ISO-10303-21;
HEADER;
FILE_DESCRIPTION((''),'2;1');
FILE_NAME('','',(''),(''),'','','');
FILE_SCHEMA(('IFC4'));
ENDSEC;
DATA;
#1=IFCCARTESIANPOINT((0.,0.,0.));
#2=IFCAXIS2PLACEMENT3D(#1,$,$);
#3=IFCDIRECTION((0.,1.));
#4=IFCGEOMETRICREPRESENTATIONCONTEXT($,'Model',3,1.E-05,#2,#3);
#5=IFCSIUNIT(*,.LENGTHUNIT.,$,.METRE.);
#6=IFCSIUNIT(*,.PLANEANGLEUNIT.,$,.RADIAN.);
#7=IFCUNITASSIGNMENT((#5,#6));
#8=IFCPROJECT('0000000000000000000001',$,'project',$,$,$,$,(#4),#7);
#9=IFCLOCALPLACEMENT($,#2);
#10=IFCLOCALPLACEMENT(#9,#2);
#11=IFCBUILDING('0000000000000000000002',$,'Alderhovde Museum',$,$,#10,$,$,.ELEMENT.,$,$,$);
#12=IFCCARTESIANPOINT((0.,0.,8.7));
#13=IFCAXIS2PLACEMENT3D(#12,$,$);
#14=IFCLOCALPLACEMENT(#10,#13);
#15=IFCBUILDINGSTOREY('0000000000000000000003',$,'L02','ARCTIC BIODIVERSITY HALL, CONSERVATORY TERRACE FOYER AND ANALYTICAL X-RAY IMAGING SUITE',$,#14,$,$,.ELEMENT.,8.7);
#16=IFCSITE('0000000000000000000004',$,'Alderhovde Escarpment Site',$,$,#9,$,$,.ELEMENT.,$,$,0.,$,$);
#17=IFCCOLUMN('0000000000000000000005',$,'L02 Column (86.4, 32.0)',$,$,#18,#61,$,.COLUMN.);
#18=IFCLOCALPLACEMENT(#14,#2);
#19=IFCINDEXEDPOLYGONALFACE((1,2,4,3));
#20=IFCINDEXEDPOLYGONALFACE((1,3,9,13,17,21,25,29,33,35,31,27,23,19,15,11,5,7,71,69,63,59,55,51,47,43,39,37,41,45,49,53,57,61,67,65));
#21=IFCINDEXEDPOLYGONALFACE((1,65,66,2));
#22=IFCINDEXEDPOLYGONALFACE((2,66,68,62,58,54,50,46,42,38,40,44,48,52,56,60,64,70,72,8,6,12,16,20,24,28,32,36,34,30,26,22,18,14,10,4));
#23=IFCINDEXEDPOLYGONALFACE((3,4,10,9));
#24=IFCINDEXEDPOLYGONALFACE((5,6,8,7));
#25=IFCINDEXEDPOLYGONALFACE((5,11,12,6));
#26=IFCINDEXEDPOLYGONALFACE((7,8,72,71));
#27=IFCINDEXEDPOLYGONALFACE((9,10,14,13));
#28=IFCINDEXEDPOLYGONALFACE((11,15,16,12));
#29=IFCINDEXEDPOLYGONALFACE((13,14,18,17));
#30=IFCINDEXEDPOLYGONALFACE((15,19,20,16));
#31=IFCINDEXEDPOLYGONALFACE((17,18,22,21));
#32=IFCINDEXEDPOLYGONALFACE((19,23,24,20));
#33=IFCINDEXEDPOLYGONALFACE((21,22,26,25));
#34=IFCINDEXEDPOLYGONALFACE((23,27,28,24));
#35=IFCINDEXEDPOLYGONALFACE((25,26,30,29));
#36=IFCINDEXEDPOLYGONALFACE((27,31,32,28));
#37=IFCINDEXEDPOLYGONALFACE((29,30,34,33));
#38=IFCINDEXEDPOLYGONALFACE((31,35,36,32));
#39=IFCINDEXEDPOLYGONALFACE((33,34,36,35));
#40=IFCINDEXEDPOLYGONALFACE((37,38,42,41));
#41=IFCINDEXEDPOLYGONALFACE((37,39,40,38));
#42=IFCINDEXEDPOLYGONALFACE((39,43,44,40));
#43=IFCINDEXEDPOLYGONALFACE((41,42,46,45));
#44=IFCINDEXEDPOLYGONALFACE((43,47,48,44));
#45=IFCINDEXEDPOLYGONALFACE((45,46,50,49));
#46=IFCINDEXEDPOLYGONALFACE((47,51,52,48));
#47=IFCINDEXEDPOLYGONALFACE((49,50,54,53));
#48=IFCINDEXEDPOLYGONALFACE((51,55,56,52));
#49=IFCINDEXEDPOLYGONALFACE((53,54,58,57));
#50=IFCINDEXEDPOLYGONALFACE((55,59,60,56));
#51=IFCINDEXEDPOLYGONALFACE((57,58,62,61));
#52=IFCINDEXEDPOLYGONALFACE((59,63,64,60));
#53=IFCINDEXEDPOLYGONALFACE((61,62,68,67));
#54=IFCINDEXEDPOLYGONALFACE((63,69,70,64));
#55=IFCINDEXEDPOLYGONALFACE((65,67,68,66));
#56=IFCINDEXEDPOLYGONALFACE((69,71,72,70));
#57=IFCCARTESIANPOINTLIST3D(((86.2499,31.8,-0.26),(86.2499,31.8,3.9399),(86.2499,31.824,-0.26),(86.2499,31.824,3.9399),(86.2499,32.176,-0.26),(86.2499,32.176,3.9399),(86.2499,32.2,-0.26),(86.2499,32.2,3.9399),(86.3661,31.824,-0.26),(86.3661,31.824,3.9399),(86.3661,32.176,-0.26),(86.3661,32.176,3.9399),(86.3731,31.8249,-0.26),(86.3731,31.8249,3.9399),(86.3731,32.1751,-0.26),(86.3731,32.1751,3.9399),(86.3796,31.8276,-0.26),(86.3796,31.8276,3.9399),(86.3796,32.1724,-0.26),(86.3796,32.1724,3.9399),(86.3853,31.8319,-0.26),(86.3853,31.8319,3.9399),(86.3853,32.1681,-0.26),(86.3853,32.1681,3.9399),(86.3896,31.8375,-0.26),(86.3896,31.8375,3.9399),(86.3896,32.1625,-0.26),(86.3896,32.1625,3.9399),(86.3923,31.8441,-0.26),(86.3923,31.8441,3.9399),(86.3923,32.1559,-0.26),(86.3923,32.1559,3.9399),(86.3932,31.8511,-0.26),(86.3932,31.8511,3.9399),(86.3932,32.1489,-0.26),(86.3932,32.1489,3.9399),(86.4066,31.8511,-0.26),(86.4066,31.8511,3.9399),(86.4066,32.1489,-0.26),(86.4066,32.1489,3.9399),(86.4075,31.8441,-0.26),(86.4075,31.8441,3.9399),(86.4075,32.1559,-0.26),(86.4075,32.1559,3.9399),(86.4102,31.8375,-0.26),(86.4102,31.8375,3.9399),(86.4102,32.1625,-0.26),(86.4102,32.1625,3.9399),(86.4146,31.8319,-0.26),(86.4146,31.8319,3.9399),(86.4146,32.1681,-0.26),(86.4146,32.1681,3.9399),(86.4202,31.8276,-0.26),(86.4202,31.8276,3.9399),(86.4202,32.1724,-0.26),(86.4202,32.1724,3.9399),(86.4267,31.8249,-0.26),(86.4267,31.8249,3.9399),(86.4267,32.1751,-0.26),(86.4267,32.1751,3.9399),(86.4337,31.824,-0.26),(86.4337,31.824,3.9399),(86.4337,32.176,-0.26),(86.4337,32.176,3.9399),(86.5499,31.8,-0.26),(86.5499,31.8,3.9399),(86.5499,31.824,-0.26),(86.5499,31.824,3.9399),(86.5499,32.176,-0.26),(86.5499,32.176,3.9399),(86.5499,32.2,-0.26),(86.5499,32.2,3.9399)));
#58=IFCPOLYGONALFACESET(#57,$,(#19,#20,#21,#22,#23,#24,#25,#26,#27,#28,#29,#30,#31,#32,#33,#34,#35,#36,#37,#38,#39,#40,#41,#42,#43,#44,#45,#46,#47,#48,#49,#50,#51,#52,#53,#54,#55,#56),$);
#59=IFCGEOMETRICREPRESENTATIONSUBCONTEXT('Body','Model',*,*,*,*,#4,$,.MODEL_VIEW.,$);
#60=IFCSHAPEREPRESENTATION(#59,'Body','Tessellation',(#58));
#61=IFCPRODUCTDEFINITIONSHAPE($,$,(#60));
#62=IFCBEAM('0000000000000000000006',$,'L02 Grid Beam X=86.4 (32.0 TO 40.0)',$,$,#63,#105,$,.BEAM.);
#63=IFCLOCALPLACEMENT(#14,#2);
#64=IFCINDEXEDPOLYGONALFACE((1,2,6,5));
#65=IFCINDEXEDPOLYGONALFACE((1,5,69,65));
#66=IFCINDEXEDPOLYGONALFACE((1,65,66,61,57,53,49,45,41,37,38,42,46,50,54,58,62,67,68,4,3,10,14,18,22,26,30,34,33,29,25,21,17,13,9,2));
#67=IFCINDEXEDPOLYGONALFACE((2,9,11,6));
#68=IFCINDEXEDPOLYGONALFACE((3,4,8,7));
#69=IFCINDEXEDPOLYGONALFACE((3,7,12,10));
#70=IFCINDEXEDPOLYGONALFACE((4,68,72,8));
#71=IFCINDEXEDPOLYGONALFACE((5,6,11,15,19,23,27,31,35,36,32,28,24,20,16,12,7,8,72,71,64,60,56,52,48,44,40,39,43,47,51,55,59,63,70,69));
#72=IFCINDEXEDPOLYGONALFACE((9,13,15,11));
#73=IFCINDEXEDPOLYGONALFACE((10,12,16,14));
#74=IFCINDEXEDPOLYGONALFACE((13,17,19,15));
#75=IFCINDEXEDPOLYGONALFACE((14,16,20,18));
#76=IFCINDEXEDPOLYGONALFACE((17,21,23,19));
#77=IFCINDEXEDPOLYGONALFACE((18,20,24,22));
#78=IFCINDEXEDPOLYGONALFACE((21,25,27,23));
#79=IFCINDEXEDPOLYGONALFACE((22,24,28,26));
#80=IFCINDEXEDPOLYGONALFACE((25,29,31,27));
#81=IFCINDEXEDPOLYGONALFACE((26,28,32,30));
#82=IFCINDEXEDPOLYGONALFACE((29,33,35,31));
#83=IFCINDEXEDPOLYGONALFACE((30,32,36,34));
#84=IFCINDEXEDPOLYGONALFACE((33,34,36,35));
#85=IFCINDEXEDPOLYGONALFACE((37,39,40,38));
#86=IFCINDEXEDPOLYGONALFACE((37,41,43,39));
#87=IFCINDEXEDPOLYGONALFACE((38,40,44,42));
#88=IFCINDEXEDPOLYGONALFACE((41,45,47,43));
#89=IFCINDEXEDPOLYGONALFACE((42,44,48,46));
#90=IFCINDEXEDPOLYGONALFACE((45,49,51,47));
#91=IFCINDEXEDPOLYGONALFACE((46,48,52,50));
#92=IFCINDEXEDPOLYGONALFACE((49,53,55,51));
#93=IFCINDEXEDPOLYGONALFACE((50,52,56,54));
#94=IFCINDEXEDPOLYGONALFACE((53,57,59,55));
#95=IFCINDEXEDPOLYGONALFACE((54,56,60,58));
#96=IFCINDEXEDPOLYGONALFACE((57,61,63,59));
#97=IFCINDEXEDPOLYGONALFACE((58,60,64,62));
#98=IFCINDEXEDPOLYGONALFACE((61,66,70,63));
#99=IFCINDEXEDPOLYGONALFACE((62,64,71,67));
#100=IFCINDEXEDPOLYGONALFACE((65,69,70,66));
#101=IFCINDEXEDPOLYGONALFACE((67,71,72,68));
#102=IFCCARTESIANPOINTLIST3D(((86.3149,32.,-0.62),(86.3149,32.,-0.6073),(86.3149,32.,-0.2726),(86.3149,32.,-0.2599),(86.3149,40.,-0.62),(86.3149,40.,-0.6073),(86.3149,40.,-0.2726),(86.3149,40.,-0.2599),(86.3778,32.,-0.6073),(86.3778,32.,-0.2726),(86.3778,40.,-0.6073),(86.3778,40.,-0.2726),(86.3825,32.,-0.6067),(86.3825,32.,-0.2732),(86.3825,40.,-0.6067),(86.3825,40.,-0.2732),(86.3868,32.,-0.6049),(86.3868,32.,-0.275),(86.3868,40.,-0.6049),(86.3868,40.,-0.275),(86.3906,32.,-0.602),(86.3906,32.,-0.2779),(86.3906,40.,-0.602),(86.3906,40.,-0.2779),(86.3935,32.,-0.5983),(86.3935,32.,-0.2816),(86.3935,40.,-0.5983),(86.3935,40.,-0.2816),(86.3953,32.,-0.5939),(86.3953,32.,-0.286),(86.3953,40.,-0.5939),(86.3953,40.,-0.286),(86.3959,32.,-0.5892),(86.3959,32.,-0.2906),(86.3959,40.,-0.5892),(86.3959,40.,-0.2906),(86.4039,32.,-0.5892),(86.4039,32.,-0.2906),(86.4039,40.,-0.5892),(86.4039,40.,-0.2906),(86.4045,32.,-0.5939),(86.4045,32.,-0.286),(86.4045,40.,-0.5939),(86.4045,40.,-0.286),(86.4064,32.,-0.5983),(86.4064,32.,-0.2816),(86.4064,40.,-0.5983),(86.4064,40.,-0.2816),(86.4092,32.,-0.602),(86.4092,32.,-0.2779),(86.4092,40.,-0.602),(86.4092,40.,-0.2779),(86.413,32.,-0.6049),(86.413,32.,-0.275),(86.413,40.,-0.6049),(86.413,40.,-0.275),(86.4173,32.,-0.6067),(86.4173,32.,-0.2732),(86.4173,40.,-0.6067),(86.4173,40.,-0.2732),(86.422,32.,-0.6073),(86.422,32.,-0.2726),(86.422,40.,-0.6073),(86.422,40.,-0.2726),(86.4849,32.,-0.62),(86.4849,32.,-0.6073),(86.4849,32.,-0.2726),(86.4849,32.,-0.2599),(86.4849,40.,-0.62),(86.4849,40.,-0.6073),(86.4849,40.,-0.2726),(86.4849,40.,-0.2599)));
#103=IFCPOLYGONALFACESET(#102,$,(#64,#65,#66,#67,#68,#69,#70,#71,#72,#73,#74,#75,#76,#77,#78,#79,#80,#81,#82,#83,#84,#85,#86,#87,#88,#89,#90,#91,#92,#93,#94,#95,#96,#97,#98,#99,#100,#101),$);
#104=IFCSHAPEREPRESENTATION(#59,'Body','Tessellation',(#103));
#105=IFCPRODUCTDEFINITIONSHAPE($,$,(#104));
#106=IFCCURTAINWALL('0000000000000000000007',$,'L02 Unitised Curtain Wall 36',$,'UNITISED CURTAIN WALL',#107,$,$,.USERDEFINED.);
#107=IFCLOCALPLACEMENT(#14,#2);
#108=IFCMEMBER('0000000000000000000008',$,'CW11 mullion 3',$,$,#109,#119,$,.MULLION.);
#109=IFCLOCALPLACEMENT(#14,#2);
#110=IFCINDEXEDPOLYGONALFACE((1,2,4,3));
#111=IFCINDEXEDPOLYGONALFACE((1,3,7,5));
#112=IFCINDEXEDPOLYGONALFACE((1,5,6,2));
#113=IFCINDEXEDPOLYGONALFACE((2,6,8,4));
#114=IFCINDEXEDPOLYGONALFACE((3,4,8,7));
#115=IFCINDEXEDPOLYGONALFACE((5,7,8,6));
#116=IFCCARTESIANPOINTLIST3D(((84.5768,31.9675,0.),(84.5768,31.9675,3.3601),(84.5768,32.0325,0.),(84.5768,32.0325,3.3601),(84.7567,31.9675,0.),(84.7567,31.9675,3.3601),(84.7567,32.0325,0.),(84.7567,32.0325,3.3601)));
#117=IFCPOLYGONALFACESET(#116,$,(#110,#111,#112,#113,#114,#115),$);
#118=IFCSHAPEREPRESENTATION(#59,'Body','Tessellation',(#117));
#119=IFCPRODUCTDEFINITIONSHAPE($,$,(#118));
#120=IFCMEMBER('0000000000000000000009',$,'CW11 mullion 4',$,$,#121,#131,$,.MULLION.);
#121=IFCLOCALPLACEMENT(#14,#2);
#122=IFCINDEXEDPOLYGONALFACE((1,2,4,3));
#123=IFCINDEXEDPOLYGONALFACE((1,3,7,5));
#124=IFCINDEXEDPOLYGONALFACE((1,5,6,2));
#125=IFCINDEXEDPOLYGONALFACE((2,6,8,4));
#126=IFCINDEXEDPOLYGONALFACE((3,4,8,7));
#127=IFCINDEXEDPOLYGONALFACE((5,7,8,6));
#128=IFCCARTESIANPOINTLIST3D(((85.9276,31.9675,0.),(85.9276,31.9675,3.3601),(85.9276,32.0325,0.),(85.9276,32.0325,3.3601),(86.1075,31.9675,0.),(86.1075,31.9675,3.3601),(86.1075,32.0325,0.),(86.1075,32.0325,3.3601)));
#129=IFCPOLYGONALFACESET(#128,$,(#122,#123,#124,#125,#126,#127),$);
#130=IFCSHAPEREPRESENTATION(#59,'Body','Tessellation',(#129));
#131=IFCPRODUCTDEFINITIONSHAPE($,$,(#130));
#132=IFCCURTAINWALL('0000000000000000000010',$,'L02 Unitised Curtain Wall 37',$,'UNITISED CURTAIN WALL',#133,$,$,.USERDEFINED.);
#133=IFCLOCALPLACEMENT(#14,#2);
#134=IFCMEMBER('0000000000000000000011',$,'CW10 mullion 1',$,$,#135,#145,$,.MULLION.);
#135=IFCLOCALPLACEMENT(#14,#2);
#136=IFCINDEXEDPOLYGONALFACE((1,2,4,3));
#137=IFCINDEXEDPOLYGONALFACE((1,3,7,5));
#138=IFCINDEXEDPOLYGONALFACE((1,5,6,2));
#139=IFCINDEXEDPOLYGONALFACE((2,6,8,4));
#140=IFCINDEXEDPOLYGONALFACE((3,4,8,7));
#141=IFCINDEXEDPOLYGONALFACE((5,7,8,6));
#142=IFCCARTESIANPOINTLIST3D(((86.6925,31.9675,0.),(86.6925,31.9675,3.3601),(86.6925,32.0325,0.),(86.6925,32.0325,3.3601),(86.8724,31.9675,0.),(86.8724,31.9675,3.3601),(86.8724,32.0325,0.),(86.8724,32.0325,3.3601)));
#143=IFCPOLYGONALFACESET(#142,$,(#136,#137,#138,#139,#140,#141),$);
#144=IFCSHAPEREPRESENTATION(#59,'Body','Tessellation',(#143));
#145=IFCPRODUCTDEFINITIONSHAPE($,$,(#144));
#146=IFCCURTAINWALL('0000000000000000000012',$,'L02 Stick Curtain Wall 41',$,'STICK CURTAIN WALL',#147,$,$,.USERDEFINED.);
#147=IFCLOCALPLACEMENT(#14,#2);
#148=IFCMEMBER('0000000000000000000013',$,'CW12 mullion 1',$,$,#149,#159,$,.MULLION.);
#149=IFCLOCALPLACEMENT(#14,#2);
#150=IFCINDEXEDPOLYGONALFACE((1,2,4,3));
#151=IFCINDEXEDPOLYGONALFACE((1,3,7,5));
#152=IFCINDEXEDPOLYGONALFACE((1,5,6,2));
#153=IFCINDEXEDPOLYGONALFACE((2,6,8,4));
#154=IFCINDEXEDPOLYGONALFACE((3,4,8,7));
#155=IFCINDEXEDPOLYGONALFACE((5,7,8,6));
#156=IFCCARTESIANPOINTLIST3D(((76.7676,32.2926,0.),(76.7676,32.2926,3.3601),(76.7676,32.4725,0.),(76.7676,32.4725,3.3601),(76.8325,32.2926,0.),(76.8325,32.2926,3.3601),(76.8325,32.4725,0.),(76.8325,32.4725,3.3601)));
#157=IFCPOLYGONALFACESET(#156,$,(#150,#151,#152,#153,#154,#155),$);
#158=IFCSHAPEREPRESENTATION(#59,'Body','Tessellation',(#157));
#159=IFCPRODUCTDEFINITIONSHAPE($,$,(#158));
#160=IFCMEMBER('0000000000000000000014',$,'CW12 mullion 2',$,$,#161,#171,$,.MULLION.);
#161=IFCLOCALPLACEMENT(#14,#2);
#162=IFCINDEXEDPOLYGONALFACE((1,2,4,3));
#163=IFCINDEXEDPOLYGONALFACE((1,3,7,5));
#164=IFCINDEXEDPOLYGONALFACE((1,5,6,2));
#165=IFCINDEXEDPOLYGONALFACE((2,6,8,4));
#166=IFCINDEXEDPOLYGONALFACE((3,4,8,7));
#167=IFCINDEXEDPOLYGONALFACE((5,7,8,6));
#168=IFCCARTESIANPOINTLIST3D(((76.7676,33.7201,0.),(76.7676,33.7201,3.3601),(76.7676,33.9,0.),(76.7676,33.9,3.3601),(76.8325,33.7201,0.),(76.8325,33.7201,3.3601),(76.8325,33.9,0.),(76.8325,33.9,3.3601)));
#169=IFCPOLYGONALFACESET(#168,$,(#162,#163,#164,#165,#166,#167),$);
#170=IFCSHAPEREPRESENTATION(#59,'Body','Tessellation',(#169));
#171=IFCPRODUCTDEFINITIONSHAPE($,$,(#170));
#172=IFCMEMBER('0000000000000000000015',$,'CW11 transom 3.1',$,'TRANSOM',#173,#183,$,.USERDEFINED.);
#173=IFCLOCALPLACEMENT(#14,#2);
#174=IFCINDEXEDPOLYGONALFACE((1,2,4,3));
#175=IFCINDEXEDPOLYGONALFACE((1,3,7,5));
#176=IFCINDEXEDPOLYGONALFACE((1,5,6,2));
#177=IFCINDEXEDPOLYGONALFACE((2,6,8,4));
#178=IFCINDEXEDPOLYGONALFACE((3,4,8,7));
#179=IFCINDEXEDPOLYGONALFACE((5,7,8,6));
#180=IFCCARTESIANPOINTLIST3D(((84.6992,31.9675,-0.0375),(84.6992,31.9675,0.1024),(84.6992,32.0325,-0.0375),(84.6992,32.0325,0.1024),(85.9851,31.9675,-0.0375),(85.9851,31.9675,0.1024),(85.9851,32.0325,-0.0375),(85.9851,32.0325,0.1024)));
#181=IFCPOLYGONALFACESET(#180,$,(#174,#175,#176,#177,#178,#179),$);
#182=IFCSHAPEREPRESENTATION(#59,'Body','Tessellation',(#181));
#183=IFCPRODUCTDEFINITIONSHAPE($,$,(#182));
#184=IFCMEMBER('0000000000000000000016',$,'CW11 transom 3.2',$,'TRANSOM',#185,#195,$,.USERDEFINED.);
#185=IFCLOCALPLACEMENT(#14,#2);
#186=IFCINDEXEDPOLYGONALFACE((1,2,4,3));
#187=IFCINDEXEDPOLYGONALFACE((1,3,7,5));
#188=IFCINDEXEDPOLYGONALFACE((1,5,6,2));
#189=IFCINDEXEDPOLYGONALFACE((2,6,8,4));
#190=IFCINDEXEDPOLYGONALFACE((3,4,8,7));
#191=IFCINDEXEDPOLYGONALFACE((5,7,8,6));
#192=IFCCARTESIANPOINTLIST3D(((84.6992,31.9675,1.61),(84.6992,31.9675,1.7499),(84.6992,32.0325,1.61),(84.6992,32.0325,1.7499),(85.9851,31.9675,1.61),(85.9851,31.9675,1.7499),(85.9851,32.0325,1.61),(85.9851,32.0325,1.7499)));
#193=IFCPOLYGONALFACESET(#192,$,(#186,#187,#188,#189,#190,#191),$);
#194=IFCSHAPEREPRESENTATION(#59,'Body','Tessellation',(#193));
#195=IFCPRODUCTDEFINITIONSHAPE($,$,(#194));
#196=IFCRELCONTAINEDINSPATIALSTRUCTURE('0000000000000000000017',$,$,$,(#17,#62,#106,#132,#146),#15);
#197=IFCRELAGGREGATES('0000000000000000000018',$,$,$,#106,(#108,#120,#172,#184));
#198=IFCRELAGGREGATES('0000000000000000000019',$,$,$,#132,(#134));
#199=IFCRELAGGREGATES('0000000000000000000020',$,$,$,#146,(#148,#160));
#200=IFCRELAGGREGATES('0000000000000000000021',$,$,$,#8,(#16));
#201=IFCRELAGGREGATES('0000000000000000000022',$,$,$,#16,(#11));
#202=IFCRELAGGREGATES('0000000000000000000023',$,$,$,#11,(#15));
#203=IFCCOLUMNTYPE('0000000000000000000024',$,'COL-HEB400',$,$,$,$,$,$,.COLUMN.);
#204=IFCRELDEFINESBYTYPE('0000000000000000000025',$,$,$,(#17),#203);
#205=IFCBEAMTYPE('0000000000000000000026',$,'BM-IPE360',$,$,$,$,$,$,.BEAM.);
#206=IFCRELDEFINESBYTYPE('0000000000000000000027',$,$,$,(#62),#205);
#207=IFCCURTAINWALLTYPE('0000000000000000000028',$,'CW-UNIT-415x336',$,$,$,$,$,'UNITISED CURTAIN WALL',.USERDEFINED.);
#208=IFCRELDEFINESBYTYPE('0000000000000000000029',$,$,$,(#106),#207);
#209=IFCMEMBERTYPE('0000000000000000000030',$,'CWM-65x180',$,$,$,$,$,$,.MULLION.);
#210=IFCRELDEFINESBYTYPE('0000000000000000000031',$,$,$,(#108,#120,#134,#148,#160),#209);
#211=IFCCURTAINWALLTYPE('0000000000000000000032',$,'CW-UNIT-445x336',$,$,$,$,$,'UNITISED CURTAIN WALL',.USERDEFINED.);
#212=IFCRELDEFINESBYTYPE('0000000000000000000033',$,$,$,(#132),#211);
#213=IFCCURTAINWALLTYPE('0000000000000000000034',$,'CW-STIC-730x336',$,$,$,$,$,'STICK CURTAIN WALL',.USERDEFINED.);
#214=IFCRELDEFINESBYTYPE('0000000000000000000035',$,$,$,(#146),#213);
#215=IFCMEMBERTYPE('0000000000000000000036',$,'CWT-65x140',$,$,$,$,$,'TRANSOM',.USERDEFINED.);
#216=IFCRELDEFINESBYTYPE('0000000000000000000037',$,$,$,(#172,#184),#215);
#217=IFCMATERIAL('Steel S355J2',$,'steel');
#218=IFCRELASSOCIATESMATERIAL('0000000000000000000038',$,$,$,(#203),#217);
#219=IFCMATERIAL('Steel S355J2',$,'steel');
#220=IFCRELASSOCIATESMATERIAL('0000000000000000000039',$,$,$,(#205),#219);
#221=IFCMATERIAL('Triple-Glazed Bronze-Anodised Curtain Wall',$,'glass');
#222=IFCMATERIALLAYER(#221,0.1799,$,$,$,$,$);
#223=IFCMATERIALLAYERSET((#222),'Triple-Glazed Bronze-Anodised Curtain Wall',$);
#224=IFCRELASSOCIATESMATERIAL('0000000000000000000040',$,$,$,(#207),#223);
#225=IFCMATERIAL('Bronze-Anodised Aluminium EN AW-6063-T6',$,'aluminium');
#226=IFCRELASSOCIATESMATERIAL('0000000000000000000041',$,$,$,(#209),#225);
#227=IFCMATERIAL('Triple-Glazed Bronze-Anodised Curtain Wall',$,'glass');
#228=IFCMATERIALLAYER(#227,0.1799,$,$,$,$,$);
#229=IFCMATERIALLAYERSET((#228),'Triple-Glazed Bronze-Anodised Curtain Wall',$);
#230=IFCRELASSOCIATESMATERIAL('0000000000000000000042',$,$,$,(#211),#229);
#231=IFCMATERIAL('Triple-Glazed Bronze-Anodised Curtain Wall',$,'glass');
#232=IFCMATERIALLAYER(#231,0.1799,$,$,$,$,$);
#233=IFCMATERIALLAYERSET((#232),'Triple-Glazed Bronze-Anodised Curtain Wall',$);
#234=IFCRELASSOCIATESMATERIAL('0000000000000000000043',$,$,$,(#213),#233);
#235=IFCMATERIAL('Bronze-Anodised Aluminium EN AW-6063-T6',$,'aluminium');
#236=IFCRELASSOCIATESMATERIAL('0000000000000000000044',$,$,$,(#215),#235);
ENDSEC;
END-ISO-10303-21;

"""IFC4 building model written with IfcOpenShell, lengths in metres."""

from ifc_helpers import new_model, si_unit, direction, frame, origin, origin_2d, place, context, subcontext, project, spatial, rectangle, i_section, extrude, material, layer, layer_set, material_profile, profile_set, type_object, element, aggregate, save


model = new_model("IFC4")

# Units and contexts
model_context = context("Model", 3, precision=1e-05, world=origin(), true_north=direction((0.0, 1.0)))
body_context = subcontext(model_context, "Body", "Model", "MODEL_VIEW")
ifc_project = project(units=[si_unit("LENGTHUNIT", "METRE"), si_unit("PLANEANGLEUNIT", "RADIAN")], contexts=[model_context])

# Site, building, storey
site_placement = place(None, origin())
site = spatial("IfcSite", under=ifc_project, at=site_placement, Name="Alderhovde Escarpment Site", CompositionType="ELEMENT", RefElevation=0.0)
building_placement = place(site_placement, origin())
building = spatial("IfcBuilding", under=site, at=building_placement, Name="Alderhovde Museum", CompositionType="ELEMENT")
storey_placement = place(building_placement, frame((0.0, 0.0, 8.7)))
storey = spatial("IfcBuildingStorey", under=building, at=storey_placement, Name="L02", Description="ARCTIC BIODIVERSITY HALL, CONSERVATORY TERRACE FOYER AND ANALYTICAL X-RAY IMAGING SUITE", CompositionType="ELEMENT", Elevation=8.7)

# Column
ifc_material_1 = material(Name="Steel S355J2", Category="steel")
ifc_material_profile_1 = material_profile(ifc_material_1, i_section(OverallWidth=0.3, OverallDepth=0.3999, WebThickness=0.0134, FlangeThickness=0.0239, FilletRadius=0.0271, at=origin_2d()), Name="HEB 400")
ifc_profile_set_1 = profile_set([ifc_material_profile_1], Name="Steel S355J2")
column_type = type_object("IfcColumnType", Name="COL-HEB400", PredefinedType="COLUMN", material=ifc_profile_set_1)
column_placement = place(storey_placement, frame((86.3999, 32.0, -0.26), z_axis=(0.0, 0.0, 1.0), x_axis=(1.0, 0.0, 0.0)))
element("IfcColumn", 1, at=column_placement, inside=storey, type_object=column_type, Name="L02 Column (86.4, 32.0)", PredefinedType="COLUMN", context=body_context, shape_type="SweptSolid", body=[
    extrude(i_section(OverallWidth=0.3, OverallDepth=0.3999, WebThickness=0.0134, FlangeThickness=0.0239, FilletRadius=0.0271, at=origin_2d()), origin(), (0.0, 0.0, 1.0), 4.2),
])

# Beam
ifc_material_2 = material(Name="Steel S355J2", Category="steel")
ifc_material_profile_2 = material_profile(ifc_material_2, i_section(OverallWidth=0.1699, OverallDepth=0.3601, WebThickness=0.0081, FlangeThickness=0.0127, FilletRadius=0.0181, at=origin_2d()), Name="IPE 360")
ifc_profile_set_2 = profile_set([ifc_material_profile_2], Name="Steel S355J2")
beam_type_1 = type_object("IfcBeamType", Name="BM-IPE360", PredefinedType="BEAM", material=ifc_profile_set_2)
beam_1_placement = place(storey_placement, frame((86.3999, 32.0, -0.4399), z_axis=(0.0, 1.0, 0.0), x_axis=(-1.0, 0.0, 0.0)))
element("IfcBeam", 2, at=beam_1_placement, inside=storey, type_object=beam_type_1, Name="L02 Grid Beam X=86.4 (32.0 TO 40.0)", PredefinedType="BEAM", context=body_context, shape_type="SweptSolid", body=[
    extrude(i_section(OverallWidth=0.1699, OverallDepth=0.3601, WebThickness=0.0081, FlangeThickness=0.0127, FilletRadius=0.0181, at=origin_2d()), origin(), (0.0, 0.0, 1.0), 8.0),
])

# Curtain wall, members
ifc_material_3 = material(Name="Triple-Glazed Bronze-Anodised Curtain Wall", Category="glass")
ifc_layer_1 = layer(ifc_material_3, 0.1799)
ifc_layer_set_1 = layer_set([ifc_layer_1], Name="Triple-Glazed Bronze-Anodised Curtain Wall")
curtain_wall_type_1 = type_object("IfcCurtainWallType", Name="CW-UNIT-415x336", ElementType="UNITISED CURTAIN WALL", PredefinedType="USERDEFINED", material=ifc_layer_set_1)
curtain_wall_1_placement = place(storey_placement, origin())
curtain_wall_1 = element("IfcCurtainWall", 3, at=curtain_wall_1_placement, inside=storey, type_object=curtain_wall_type_1, Name="L02 Unitised Curtain Wall 36", ObjectType="UNITISED CURTAIN WALL", PredefinedType="USERDEFINED")
ifc_material_4 = material(Name="Bronze-Anodised Aluminium EN AW-6063-T6", Category="aluminium")
ifc_material_profile_3 = material_profile(ifc_material_4, rectangle(XDim=0.0649, YDim=0.1799, at=origin_2d()), Name="MULLION 65x180")
ifc_profile_set_3 = profile_set([ifc_material_profile_3], Name="Bronze-Anodised Aluminium EN AW-6063-T6")
member_type_1 = type_object("IfcMemberType", Name="CWM-65x180", PredefinedType="MULLION", material=ifc_profile_set_3)
member_1_placement = place(storey_placement, frame((84.6667, 32.0, 0.0), z_axis=(0.0, 0.0, 1.0), x_axis=(0.0, 1.0, 0.0)))
member_1 = element("IfcMember", 4, at=member_1_placement, type_object=member_type_1, Name="CW11 mullion 3", PredefinedType="MULLION", context=body_context, shape_type="SweptSolid", body=[
    extrude(rectangle(XDim=0.0649, YDim=0.1799, at=origin_2d()), origin(), (0.0, 0.0, 1.0), 3.3601),
])
member_2_placement = place(storey_placement, frame((86.0176, 32.0, 0.0), z_axis=(0.0, 0.0, 1.0), x_axis=(0.0, 1.0, 0.0)))
member_2 = element("IfcMember", 5, at=member_2_placement, type_object=member_type_1, Name="CW11 mullion 4", PredefinedType="MULLION", context=body_context, shape_type="SweptSolid", body=[
    extrude(rectangle(XDim=0.0649, YDim=0.1799, at=origin_2d()), origin(), (0.0, 0.0, 1.0), 3.3601),
])

# Curtain wall, member
ifc_material_5 = material(Name="Triple-Glazed Bronze-Anodised Curtain Wall", Category="glass")
ifc_layer_2 = layer(ifc_material_5, 0.1799)
ifc_layer_set_2 = layer_set([ifc_layer_2], Name="Triple-Glazed Bronze-Anodised Curtain Wall")
curtain_wall_type_2 = type_object("IfcCurtainWallType", Name="CW-UNIT-445x336", ElementType="UNITISED CURTAIN WALL", PredefinedType="USERDEFINED", material=ifc_layer_set_2)
curtain_wall_2_placement = place(storey_placement, origin())
curtain_wall_2 = element("IfcCurtainWall", 6, at=curtain_wall_2_placement, inside=storey, type_object=curtain_wall_type_2, Name="L02 Unitised Curtain Wall 37", ObjectType="UNITISED CURTAIN WALL", PredefinedType="USERDEFINED")
member_3_placement = place(storey_placement, frame((86.7825, 32.0, 0.0), z_axis=(0.0, 0.0, 1.0), x_axis=(0.0, 1.0, 0.0)))
member_3 = element("IfcMember", 7, at=member_3_placement, type_object=member_type_1, Name="CW10 mullion 1", PredefinedType="MULLION", context=body_context, shape_type="SweptSolid", body=[
    extrude(rectangle(XDim=0.0649, YDim=0.1799, at=origin_2d()), origin(), (0.0, 0.0, 1.0), 3.3601),
])

# Curtain wall, members
ifc_material_6 = material(Name="Triple-Glazed Bronze-Anodised Curtain Wall", Category="glass")
ifc_layer_3 = layer(ifc_material_6, 0.1799)
ifc_layer_set_3 = layer_set([ifc_layer_3], Name="Triple-Glazed Bronze-Anodised Curtain Wall")
curtain_wall_type_3 = type_object("IfcCurtainWallType", Name="CW-STIC-730x336", ElementType="STICK CURTAIN WALL", PredefinedType="USERDEFINED", material=ifc_layer_set_3)
curtain_wall_3_placement = place(storey_placement, origin())
curtain_wall_3 = element("IfcCurtainWall", 8, at=curtain_wall_3_placement, inside=storey, type_object=curtain_wall_type_3, Name="L02 Stick Curtain Wall 41", ObjectType="STICK CURTAIN WALL", PredefinedType="USERDEFINED")
member_4_placement = place(storey_placement, frame((76.8, 32.3826, 0.0), z_axis=(0.0, 0.0, 1.0), x_axis=(-1.0, 0.0, 0.0)))
member_4 = element("IfcMember", 9, at=member_4_placement, type_object=member_type_1, Name="CW12 mullion 1", PredefinedType="MULLION", context=body_context, shape_type="SweptSolid", body=[
    extrude(rectangle(XDim=0.0649, YDim=0.1799, at=origin_2d()), origin(), (0.0, 0.0, 1.0), 3.3601),
])
member_5_placement = place(storey_placement, frame((76.8, 33.8101, 0.0), z_axis=(0.0, 0.0, 1.0), x_axis=(-1.0, 0.0, 0.0)))
member_5 = element("IfcMember", 10, at=member_5_placement, type_object=member_type_1, Name="CW12 mullion 2", PredefinedType="MULLION", context=body_context, shape_type="SweptSolid", body=[
    extrude(rectangle(XDim=0.0649, YDim=0.1799, at=origin_2d()), origin(), (0.0, 0.0, 1.0), 3.3601),
])

# Members
ifc_material_7 = material(Name="Bronze-Anodised Aluminium EN AW-6063-T6", Category="aluminium")
ifc_material_profile_4 = material_profile(ifc_material_7, rectangle(XDim=0.0649, YDim=0.1399, at=origin_2d()), Name="TRANSOM 65x140")
ifc_profile_set_4 = profile_set([ifc_material_profile_4], Name="Bronze-Anodised Aluminium EN AW-6063-T6")
member_type_2 = type_object("IfcMemberType", Name="CWT-65x140", ElementType="TRANSOM", PredefinedType="USERDEFINED", material=ifc_profile_set_4)
member_6_placement = place(storey_placement, frame((84.6992, 32.0, 0.0325), z_axis=(1.0, 0.0, 0.0), x_axis=(0.0, 1.0, 0.0)))
member_6 = element("IfcMember", 11, at=member_6_placement, type_object=member_type_2, Name="CW11 transom 3.1", ObjectType="TRANSOM", PredefinedType="USERDEFINED", context=body_context, shape_type="SweptSolid", body=[
    extrude(rectangle(XDim=0.0649, YDim=0.1399, at=origin_2d()), origin(), (0.0, 0.0, 1.0), 1.2859),
])
member_7_placement = place(storey_placement, frame((84.6992, 32.0, 1.6799), z_axis=(1.0, 0.0, 0.0), x_axis=(0.0, 1.0, 0.0)))
member_7 = element("IfcMember", 12, at=member_7_placement, type_object=member_type_2, Name="CW11 transom 3.2", ObjectType="TRANSOM", PredefinedType="USERDEFINED", context=body_context, shape_type="SweptSolid", body=[
    extrude(rectangle(XDim=0.0649, YDim=0.1399, at=origin_2d()), origin(), (0.0, 0.0, 1.0), 1.2859),
])

aggregate(curtain_wall_1, [member_1, member_2, member_6, member_7])
aggregate(curtain_wall_2, [member_3])
aggregate(curtain_wall_3, [member_4, member_5])

save(model, "model.ifc")
